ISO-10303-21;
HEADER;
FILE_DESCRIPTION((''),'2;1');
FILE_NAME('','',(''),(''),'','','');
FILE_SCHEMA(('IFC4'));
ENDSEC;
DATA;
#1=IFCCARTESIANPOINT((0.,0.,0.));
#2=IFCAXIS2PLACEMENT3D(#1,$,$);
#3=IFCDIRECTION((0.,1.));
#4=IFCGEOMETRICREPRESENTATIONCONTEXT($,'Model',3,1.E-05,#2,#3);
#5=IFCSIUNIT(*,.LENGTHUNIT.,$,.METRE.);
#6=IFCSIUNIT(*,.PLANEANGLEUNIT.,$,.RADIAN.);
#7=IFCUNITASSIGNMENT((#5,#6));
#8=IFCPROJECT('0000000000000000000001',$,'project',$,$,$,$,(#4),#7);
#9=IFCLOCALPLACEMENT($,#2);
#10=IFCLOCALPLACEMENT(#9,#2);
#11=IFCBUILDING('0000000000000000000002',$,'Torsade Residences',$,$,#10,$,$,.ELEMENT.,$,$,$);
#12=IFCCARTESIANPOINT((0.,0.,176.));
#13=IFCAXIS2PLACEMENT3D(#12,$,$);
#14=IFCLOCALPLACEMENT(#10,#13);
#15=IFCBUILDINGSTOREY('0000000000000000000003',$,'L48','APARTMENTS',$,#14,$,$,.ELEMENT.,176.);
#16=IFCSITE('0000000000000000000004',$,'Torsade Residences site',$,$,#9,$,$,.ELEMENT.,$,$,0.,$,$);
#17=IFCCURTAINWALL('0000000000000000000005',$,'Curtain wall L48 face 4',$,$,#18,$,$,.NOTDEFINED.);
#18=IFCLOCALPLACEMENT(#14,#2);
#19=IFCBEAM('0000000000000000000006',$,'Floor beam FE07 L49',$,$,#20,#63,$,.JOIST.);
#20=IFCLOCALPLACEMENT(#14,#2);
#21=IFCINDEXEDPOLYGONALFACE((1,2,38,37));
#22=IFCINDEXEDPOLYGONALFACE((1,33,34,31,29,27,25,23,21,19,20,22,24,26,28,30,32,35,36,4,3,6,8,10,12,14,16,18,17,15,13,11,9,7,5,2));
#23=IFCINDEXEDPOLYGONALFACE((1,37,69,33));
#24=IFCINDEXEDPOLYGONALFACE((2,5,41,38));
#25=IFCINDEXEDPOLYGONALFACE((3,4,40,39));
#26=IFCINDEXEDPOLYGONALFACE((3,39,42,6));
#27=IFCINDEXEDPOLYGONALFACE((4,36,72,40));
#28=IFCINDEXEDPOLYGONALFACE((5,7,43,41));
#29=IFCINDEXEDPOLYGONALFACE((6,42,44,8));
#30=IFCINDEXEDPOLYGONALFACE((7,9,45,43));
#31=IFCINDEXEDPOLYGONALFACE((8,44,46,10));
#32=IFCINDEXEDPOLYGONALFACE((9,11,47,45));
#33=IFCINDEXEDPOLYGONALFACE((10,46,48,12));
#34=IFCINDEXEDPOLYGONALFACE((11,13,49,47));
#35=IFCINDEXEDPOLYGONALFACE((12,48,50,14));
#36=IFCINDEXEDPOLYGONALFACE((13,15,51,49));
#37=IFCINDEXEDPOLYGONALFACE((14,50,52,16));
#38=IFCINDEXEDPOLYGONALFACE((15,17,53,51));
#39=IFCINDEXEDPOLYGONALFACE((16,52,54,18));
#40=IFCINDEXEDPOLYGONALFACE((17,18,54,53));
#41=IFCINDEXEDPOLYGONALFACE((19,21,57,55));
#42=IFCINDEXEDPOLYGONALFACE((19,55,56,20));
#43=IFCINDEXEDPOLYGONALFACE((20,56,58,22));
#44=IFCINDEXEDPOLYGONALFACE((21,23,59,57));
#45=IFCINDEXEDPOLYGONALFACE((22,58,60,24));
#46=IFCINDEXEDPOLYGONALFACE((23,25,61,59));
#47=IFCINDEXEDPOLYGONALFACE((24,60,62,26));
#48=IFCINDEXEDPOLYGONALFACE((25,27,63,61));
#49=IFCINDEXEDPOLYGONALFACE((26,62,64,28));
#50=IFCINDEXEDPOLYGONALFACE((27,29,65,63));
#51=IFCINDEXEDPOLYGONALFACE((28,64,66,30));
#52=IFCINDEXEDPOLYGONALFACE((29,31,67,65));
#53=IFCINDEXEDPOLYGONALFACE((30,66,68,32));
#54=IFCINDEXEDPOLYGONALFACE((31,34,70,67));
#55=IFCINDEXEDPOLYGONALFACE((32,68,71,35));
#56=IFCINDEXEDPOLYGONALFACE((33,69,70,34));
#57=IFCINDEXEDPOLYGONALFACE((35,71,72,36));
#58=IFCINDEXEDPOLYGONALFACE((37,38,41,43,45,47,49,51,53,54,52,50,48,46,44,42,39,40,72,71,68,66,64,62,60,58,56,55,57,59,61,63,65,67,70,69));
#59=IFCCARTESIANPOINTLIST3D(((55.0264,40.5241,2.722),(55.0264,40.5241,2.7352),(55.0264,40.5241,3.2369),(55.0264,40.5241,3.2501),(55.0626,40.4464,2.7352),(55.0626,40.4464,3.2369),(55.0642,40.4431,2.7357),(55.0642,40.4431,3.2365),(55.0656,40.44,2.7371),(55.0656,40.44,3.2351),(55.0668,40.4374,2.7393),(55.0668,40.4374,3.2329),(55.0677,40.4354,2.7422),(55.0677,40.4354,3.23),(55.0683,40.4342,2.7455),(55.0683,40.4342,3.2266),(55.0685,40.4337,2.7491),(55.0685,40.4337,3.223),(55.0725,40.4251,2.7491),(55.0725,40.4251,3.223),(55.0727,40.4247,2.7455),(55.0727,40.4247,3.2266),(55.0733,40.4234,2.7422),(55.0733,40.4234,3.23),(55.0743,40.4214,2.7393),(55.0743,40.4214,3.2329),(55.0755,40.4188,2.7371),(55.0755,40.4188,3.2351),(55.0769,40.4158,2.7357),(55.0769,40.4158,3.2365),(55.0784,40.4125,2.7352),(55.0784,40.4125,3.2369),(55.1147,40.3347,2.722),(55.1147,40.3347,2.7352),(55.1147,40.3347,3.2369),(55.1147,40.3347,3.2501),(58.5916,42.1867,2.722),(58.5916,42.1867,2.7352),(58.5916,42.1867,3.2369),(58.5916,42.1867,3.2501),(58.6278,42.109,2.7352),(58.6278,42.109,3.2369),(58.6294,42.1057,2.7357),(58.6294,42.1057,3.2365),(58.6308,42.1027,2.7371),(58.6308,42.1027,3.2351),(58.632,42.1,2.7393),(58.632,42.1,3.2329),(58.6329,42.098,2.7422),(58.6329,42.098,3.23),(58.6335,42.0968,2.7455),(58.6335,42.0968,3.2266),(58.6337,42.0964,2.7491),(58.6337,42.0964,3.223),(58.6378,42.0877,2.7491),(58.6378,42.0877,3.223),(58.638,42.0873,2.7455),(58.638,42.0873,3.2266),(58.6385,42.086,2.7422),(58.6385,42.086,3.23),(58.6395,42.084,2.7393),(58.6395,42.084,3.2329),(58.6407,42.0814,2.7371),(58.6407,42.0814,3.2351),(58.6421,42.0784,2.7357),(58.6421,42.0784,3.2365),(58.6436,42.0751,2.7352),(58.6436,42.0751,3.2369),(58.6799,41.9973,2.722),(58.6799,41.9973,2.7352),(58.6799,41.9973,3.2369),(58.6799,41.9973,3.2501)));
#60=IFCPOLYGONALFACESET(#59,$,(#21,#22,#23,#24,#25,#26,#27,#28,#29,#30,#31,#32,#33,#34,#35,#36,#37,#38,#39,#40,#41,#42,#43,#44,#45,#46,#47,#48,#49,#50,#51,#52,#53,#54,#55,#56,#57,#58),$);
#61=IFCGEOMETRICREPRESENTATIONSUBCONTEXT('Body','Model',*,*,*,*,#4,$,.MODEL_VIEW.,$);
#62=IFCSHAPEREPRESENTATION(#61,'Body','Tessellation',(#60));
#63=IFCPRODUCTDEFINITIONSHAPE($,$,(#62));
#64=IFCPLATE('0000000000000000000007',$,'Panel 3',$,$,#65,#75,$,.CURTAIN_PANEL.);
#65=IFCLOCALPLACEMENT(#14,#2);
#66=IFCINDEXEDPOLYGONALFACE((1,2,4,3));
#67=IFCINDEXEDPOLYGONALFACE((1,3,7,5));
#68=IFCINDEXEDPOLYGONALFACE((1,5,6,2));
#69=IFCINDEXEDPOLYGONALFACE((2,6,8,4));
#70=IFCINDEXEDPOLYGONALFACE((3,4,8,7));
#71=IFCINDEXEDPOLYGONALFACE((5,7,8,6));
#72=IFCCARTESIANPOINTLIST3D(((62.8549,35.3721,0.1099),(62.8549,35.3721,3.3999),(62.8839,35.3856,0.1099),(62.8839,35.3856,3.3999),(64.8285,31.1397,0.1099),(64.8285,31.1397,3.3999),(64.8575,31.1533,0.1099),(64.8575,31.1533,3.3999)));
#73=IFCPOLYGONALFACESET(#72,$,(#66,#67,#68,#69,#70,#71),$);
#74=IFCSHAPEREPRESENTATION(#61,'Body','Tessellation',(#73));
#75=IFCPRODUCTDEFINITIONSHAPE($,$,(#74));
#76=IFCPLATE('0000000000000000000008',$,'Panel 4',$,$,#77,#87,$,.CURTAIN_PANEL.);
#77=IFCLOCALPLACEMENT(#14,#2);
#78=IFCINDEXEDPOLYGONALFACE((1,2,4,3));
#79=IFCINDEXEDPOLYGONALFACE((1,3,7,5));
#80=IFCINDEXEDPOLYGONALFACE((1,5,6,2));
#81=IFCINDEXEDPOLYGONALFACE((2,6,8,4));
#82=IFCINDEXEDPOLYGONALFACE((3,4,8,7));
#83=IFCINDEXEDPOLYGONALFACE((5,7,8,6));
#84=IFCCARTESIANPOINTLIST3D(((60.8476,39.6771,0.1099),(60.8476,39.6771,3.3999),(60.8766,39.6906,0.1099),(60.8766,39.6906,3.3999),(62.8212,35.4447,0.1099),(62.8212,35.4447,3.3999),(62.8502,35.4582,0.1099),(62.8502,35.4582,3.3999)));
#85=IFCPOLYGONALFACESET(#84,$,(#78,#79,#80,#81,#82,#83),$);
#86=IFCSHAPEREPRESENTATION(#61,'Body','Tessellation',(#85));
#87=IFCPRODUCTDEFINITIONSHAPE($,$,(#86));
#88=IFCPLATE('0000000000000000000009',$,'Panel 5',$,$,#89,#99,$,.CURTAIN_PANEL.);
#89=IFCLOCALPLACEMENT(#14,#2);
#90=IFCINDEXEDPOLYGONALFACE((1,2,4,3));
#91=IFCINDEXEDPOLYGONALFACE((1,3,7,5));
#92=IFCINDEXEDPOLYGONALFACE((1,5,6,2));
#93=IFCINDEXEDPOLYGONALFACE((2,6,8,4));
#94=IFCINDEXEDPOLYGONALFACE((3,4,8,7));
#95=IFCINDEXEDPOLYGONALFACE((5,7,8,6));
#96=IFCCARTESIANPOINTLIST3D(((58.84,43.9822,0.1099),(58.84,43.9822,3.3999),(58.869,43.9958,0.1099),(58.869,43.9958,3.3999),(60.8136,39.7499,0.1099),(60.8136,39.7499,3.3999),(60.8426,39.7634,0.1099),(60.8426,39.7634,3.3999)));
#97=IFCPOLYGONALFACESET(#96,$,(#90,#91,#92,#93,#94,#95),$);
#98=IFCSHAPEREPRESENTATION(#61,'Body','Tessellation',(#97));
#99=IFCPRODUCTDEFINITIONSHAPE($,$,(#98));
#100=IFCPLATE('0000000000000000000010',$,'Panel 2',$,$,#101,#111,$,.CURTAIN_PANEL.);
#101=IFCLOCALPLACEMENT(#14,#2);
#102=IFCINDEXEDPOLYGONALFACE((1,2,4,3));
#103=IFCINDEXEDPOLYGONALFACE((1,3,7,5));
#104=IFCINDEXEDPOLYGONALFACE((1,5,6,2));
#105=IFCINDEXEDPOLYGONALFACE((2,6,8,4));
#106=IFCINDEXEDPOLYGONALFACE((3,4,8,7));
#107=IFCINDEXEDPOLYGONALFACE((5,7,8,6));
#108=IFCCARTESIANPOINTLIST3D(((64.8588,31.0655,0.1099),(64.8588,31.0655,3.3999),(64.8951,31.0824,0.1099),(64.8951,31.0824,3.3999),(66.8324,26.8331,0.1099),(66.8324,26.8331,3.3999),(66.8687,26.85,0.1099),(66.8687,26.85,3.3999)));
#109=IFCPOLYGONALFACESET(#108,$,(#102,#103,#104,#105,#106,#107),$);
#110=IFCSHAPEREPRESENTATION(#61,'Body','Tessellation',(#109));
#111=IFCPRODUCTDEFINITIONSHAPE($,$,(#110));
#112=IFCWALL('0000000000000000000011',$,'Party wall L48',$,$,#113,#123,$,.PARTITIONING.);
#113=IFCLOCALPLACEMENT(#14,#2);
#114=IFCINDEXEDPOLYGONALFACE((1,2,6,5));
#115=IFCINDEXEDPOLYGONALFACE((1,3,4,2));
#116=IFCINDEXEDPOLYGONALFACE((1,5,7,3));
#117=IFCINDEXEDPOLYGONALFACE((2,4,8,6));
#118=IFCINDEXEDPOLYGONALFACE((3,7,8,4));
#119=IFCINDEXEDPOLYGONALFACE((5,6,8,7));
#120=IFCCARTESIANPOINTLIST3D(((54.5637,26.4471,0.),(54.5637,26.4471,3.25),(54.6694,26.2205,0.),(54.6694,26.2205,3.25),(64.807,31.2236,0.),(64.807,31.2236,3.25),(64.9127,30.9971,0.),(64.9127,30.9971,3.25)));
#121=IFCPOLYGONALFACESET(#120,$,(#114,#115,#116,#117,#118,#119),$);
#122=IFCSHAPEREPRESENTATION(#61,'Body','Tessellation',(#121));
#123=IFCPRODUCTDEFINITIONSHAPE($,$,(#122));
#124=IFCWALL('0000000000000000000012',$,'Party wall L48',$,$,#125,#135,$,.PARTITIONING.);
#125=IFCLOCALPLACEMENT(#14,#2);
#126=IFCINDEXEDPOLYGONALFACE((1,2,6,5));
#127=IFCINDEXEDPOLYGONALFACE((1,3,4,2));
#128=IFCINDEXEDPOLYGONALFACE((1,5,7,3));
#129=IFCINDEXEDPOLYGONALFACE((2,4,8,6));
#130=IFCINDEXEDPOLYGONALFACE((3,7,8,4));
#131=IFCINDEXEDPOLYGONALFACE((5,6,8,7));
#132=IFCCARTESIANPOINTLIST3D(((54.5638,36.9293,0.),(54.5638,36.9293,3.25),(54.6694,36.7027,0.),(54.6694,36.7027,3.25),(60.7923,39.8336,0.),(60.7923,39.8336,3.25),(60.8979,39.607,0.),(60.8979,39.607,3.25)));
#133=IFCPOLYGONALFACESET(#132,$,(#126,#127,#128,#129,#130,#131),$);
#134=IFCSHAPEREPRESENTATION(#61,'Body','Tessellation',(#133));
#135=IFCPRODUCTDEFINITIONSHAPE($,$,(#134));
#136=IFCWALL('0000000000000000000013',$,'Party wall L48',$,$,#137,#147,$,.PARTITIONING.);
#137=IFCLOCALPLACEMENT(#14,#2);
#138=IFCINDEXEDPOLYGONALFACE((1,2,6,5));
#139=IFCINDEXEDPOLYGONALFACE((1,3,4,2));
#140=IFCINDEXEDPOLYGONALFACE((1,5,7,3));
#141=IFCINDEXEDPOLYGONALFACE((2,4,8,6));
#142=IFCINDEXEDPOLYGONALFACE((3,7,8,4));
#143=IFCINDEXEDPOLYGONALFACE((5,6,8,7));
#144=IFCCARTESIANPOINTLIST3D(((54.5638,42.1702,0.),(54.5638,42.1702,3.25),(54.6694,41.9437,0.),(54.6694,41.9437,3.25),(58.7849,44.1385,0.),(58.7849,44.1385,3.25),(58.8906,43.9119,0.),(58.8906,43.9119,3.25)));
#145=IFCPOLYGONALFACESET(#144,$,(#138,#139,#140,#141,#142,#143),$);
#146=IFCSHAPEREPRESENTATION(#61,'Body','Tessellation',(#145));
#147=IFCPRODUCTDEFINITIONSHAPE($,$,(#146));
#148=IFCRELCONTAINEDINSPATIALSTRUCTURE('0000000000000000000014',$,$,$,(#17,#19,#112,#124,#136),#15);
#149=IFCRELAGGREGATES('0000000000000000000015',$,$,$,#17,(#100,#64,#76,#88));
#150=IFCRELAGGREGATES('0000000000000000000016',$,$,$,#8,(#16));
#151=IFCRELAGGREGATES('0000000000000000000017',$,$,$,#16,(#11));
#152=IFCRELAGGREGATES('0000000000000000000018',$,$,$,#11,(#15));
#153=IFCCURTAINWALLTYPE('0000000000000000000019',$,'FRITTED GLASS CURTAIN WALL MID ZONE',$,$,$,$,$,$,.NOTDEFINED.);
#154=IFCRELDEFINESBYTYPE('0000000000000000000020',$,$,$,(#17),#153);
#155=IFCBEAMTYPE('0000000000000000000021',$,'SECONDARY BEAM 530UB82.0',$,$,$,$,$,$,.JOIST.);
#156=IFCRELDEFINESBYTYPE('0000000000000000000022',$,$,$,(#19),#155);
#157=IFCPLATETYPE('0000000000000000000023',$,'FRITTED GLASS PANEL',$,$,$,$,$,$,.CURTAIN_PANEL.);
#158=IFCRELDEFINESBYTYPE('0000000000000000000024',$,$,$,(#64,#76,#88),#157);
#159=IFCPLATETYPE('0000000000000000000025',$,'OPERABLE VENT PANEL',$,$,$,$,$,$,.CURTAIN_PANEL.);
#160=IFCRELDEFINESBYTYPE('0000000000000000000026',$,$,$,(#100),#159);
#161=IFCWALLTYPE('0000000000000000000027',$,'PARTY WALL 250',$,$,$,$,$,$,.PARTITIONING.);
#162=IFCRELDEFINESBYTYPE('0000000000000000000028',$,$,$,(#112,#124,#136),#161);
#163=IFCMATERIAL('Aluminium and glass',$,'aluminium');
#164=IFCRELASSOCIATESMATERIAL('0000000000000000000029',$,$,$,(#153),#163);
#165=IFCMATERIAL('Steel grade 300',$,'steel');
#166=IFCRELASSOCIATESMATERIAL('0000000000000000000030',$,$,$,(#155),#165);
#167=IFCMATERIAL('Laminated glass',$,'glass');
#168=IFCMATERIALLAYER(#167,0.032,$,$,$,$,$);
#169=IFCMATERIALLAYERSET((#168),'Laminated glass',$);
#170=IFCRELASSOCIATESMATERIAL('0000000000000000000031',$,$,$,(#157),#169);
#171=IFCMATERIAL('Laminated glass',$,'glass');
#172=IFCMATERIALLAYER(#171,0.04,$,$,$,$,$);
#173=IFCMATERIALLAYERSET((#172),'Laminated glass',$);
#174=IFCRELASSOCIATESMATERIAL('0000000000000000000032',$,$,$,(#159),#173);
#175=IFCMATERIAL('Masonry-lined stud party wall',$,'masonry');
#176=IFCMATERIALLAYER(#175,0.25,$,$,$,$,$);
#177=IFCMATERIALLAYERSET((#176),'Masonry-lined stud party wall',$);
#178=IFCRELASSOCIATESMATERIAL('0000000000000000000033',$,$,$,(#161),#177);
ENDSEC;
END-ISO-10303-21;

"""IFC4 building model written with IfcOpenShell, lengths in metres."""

from ifc_helpers import new_model, si_unit, direction, frame, frame_2d, origin, origin_2d, place, context, subcontext, project, spatial, rectangle, i_section, extrude, material, layer, layer_set, material_profile, profile_set, type_object, element, aggregate, save


model = new_model("IFC4")

# Units and contexts
model_context = context("Model", 3, precision=1e-05, world=origin(), true_north=direction((0.0, 1.0)))
body_context = subcontext(model_context, "Body", "Model", "MODEL_VIEW")
ifc_project = project(units=[si_unit("LENGTHUNIT", "METRE"), si_unit("PLANEANGLEUNIT", "RADIAN")], contexts=[model_context])

# Site, building, storey
site_placement = place(None, origin())
site = spatial("IfcSite", under=ifc_project, at=site_placement, Name="Torsade Residences site", CompositionType="ELEMENT", RefElevation=0.0)
building_placement = place(site_placement, origin())
building = spatial("IfcBuilding", under=site, at=building_placement, Name="Torsade Residences", CompositionType="ELEMENT")
storey_placement = place(building_placement, frame((0.0, 0.0, 176.0)))
storey = spatial("IfcBuildingStorey", under=building, at=storey_placement, Name="L48", Description="APARTMENTS", CompositionType="ELEMENT", Elevation=176.0)

# Curtain wall
ifc_material_1 = material(Name="Aluminium and glass", Category="aluminium")
curtain_wall_type = type_object("IfcCurtainWallType", Name="FRITTED GLASS CURTAIN WALL MID ZONE", PredefinedType="NOTDEFINED", material=ifc_material_1)
curtain_wall_placement = place(storey_placement, origin())
curtain_wall = element("IfcCurtainWall", 1, at=curtain_wall_placement, inside=storey, type_object=curtain_wall_type, Name="Curtain wall L48 face 4", PredefinedType="NOTDEFINED")

# Beam
ifc_material_2 = material(Name="Steel grade 300", Category="steel")
ifc_material_profile_1 = material_profile(ifc_material_2, i_section(OverallWidth=0.209, OverallDepth=0.5281, WebThickness=0.0095, FlangeThickness=0.0132, FilletRadius=0.0139, at=origin_2d()), Name="530UB82.0")
ifc_profile_set_1 = profile_set([ifc_material_profile_1], Name="Steel grade 300")
beam_type_1 = type_object("IfcBeamType", Name="SECONDARY BEAM 530UB82.0", PredefinedType="JOIST", material=ifc_profile_set_1)
beam_1_placement = place(storey_placement, frame((58.6357, 42.092, 2.9861), z_axis=(-0.906296, -0.422644, 0.0), x_axis=(0.422644, -0.906296, 0.0)))
element("IfcBeam", 2, at=beam_1_placement, inside=storey, type_object=beam_type_1, Name="Floor beam FE07 L49", PredefinedType="JOIST", context=body_context, shape_type="SweptSolid", body=[
    extrude(i_section(OverallWidth=0.209, OverallDepth=0.5281, WebThickness=0.0095, FlangeThickness=0.0132, FilletRadius=0.0139, at=origin_2d()), origin(), (0.0, 0.0, 1.0), 3.9338),
])

# Plates
ifc_material_3 = material(Name="Laminated glass", Category="glass")
ifc_layer_1 = layer(ifc_material_3, 0.032)
ifc_layer_set_1 = layer_set([ifc_layer_1], Name="Laminated glass")
plate_type_1 = type_object("IfcPlateType", Name="FRITTED GLASS PANEL", PredefinedType="CURTAIN_PANEL", material=ifc_layer_set_1)
plate_1_placement = place(storey_placement, frame((63.8562, 33.2627, 0.1099), z_axis=(0.0, 0.0, 1.0), x_axis=(-0.422618, 0.906308, 0.0)))
plate_1 = element("IfcPlate", 3, at=plate_1_placement, type_object=plate_type_1, Name="Panel 3", PredefinedType="CURTAIN_PANEL", context=body_context, shape_type="SweptSolid", body=[
    extrude(rectangle(XDim=4.6699, YDim=0.032, at=origin_2d()), origin(), (0.0, 0.0, 1.0), 3.29),
])
plate_2_placement = place(storey_placement, frame((61.8489, 37.5676, 0.1099), z_axis=(0.0, 0.0, 1.0), x_axis=(-0.422618, 0.906308, 0.0)))
plate_2 = element("IfcPlate", 4, at=plate_2_placement, type_object=plate_type_1, Name="Panel 4", PredefinedType="CURTAIN_PANEL", context=body_context, shape_type="SweptSolid", body=[
    extrude(rectangle(XDim=4.6699, YDim=0.032, at=origin_2d()), origin(), (0.0, 0.0, 1.0), 3.29),
])
plate_3_placement = place(storey_placement, frame((59.8413, 41.8728, 0.1099), z_axis=(0.0, 0.0, 1.0), x_axis=(-0.422618, 0.906308, 0.0)))
plate_3 = element("IfcPlate", 5, at=plate_3_placement, type_object=plate_type_1, Name="Panel 5", PredefinedType="CURTAIN_PANEL", context=body_context, shape_type="SweptSolid", body=[
    extrude(rectangle(XDim=4.6699, YDim=0.032, at=origin_2d()), origin(), (0.0, 0.0, 1.0), 3.29),
])
ifc_material_4 = material(Name="Laminated glass", Category="glass")
ifc_layer_2 = layer(ifc_material_4, 0.04)
ifc_layer_set_2 = layer_set([ifc_layer_2], Name="Laminated glass")
plate_type_2 = type_object("IfcPlateType", Name="OPERABLE VENT PANEL", PredefinedType="CURTAIN_PANEL", material=ifc_layer_set_2)
plate_4_placement = place(storey_placement, frame((65.8638, 28.9578, 0.1099), z_axis=(0.0, 0.0, 1.0), x_axis=(-0.422618, 0.906308, 0.0)))
plate_4 = element("IfcPlate", 6, at=plate_4_placement, type_object=plate_type_2, Name="Panel 2", PredefinedType="CURTAIN_PANEL", context=body_context, shape_type="SweptSolid", body=[
    extrude(rectangle(XDim=4.6699, YDim=0.04, at=origin_2d()), origin(), (0.0, 0.0, 1.0), 3.29),
])
aggregate(curtain_wall, [plate_4, plate_1, plate_2, plate_3])

# Walls
ifc_material_5 = material(Name="Masonry-lined stud party wall", Category="masonry")
ifc_layer_3 = layer(ifc_material_5, 0.25)
ifc_layer_set_3 = layer_set([ifc_layer_3], Name="Masonry-lined stud party wall")
wall_type = type_object("IfcWallType", Name="PARTY WALL 250", PredefinedType="PARTITIONING", material=ifc_layer_set_3)
wall_1_placement = place(storey_placement, frame((64.8599, 31.1104, 0.0), z_axis=(0.0, 0.0, 1.0), x_axis=(-0.906307, -0.422621, 0.0)))
element("IfcWall", 7, at=wall_1_placement, inside=storey, type_object=wall_type, Name="Party wall L48", PredefinedType="PARTITIONING", context=body_context, shape_type="SweptSolid", body=[
    extrude(rectangle(XDim=11.3022, YDim=0.25, at=frame_2d((5.6511, 0.0))), origin(), (0.0, 0.0, 1.0), 3.25),
])
wall_2_placement = place(storey_placement, frame((60.845, 39.7202, 0.0), z_axis=(0.0, 0.0, 1.0), x_axis=(-0.906314, -0.422605, 0.0)))
element("IfcWall", 8, at=wall_2_placement, inside=storey, type_object=wall_type, Name="Party wall L48", PredefinedType="PARTITIONING", context=body_context, shape_type="SweptSolid", body=[
    extrude(rectangle(XDim=6.8723, YDim=0.25, at=frame_2d((3.436, 0.0))), origin(), (0.0, 0.0, 1.0), 3.25),
])
wall_3_placement = place(storey_placement, frame((58.8376, 44.0251, 0.0), z_axis=(0.0, 0.0, 1.0), x_axis=(-0.906317, -0.422598, 0.0)))
element("IfcWall", 9, at=wall_3_placement, inside=storey, type_object=wall_type, Name="Party wall L48", PredefinedType="PARTITIONING", context=body_context, shape_type="SweptSolid", body=[
    extrude(rectangle(XDim=4.6575, YDim=0.25, at=frame_2d((2.3286, 0.0))), origin(), (0.0, 0.0, 1.0), 3.25),
])

save(model, "model.ifc")
